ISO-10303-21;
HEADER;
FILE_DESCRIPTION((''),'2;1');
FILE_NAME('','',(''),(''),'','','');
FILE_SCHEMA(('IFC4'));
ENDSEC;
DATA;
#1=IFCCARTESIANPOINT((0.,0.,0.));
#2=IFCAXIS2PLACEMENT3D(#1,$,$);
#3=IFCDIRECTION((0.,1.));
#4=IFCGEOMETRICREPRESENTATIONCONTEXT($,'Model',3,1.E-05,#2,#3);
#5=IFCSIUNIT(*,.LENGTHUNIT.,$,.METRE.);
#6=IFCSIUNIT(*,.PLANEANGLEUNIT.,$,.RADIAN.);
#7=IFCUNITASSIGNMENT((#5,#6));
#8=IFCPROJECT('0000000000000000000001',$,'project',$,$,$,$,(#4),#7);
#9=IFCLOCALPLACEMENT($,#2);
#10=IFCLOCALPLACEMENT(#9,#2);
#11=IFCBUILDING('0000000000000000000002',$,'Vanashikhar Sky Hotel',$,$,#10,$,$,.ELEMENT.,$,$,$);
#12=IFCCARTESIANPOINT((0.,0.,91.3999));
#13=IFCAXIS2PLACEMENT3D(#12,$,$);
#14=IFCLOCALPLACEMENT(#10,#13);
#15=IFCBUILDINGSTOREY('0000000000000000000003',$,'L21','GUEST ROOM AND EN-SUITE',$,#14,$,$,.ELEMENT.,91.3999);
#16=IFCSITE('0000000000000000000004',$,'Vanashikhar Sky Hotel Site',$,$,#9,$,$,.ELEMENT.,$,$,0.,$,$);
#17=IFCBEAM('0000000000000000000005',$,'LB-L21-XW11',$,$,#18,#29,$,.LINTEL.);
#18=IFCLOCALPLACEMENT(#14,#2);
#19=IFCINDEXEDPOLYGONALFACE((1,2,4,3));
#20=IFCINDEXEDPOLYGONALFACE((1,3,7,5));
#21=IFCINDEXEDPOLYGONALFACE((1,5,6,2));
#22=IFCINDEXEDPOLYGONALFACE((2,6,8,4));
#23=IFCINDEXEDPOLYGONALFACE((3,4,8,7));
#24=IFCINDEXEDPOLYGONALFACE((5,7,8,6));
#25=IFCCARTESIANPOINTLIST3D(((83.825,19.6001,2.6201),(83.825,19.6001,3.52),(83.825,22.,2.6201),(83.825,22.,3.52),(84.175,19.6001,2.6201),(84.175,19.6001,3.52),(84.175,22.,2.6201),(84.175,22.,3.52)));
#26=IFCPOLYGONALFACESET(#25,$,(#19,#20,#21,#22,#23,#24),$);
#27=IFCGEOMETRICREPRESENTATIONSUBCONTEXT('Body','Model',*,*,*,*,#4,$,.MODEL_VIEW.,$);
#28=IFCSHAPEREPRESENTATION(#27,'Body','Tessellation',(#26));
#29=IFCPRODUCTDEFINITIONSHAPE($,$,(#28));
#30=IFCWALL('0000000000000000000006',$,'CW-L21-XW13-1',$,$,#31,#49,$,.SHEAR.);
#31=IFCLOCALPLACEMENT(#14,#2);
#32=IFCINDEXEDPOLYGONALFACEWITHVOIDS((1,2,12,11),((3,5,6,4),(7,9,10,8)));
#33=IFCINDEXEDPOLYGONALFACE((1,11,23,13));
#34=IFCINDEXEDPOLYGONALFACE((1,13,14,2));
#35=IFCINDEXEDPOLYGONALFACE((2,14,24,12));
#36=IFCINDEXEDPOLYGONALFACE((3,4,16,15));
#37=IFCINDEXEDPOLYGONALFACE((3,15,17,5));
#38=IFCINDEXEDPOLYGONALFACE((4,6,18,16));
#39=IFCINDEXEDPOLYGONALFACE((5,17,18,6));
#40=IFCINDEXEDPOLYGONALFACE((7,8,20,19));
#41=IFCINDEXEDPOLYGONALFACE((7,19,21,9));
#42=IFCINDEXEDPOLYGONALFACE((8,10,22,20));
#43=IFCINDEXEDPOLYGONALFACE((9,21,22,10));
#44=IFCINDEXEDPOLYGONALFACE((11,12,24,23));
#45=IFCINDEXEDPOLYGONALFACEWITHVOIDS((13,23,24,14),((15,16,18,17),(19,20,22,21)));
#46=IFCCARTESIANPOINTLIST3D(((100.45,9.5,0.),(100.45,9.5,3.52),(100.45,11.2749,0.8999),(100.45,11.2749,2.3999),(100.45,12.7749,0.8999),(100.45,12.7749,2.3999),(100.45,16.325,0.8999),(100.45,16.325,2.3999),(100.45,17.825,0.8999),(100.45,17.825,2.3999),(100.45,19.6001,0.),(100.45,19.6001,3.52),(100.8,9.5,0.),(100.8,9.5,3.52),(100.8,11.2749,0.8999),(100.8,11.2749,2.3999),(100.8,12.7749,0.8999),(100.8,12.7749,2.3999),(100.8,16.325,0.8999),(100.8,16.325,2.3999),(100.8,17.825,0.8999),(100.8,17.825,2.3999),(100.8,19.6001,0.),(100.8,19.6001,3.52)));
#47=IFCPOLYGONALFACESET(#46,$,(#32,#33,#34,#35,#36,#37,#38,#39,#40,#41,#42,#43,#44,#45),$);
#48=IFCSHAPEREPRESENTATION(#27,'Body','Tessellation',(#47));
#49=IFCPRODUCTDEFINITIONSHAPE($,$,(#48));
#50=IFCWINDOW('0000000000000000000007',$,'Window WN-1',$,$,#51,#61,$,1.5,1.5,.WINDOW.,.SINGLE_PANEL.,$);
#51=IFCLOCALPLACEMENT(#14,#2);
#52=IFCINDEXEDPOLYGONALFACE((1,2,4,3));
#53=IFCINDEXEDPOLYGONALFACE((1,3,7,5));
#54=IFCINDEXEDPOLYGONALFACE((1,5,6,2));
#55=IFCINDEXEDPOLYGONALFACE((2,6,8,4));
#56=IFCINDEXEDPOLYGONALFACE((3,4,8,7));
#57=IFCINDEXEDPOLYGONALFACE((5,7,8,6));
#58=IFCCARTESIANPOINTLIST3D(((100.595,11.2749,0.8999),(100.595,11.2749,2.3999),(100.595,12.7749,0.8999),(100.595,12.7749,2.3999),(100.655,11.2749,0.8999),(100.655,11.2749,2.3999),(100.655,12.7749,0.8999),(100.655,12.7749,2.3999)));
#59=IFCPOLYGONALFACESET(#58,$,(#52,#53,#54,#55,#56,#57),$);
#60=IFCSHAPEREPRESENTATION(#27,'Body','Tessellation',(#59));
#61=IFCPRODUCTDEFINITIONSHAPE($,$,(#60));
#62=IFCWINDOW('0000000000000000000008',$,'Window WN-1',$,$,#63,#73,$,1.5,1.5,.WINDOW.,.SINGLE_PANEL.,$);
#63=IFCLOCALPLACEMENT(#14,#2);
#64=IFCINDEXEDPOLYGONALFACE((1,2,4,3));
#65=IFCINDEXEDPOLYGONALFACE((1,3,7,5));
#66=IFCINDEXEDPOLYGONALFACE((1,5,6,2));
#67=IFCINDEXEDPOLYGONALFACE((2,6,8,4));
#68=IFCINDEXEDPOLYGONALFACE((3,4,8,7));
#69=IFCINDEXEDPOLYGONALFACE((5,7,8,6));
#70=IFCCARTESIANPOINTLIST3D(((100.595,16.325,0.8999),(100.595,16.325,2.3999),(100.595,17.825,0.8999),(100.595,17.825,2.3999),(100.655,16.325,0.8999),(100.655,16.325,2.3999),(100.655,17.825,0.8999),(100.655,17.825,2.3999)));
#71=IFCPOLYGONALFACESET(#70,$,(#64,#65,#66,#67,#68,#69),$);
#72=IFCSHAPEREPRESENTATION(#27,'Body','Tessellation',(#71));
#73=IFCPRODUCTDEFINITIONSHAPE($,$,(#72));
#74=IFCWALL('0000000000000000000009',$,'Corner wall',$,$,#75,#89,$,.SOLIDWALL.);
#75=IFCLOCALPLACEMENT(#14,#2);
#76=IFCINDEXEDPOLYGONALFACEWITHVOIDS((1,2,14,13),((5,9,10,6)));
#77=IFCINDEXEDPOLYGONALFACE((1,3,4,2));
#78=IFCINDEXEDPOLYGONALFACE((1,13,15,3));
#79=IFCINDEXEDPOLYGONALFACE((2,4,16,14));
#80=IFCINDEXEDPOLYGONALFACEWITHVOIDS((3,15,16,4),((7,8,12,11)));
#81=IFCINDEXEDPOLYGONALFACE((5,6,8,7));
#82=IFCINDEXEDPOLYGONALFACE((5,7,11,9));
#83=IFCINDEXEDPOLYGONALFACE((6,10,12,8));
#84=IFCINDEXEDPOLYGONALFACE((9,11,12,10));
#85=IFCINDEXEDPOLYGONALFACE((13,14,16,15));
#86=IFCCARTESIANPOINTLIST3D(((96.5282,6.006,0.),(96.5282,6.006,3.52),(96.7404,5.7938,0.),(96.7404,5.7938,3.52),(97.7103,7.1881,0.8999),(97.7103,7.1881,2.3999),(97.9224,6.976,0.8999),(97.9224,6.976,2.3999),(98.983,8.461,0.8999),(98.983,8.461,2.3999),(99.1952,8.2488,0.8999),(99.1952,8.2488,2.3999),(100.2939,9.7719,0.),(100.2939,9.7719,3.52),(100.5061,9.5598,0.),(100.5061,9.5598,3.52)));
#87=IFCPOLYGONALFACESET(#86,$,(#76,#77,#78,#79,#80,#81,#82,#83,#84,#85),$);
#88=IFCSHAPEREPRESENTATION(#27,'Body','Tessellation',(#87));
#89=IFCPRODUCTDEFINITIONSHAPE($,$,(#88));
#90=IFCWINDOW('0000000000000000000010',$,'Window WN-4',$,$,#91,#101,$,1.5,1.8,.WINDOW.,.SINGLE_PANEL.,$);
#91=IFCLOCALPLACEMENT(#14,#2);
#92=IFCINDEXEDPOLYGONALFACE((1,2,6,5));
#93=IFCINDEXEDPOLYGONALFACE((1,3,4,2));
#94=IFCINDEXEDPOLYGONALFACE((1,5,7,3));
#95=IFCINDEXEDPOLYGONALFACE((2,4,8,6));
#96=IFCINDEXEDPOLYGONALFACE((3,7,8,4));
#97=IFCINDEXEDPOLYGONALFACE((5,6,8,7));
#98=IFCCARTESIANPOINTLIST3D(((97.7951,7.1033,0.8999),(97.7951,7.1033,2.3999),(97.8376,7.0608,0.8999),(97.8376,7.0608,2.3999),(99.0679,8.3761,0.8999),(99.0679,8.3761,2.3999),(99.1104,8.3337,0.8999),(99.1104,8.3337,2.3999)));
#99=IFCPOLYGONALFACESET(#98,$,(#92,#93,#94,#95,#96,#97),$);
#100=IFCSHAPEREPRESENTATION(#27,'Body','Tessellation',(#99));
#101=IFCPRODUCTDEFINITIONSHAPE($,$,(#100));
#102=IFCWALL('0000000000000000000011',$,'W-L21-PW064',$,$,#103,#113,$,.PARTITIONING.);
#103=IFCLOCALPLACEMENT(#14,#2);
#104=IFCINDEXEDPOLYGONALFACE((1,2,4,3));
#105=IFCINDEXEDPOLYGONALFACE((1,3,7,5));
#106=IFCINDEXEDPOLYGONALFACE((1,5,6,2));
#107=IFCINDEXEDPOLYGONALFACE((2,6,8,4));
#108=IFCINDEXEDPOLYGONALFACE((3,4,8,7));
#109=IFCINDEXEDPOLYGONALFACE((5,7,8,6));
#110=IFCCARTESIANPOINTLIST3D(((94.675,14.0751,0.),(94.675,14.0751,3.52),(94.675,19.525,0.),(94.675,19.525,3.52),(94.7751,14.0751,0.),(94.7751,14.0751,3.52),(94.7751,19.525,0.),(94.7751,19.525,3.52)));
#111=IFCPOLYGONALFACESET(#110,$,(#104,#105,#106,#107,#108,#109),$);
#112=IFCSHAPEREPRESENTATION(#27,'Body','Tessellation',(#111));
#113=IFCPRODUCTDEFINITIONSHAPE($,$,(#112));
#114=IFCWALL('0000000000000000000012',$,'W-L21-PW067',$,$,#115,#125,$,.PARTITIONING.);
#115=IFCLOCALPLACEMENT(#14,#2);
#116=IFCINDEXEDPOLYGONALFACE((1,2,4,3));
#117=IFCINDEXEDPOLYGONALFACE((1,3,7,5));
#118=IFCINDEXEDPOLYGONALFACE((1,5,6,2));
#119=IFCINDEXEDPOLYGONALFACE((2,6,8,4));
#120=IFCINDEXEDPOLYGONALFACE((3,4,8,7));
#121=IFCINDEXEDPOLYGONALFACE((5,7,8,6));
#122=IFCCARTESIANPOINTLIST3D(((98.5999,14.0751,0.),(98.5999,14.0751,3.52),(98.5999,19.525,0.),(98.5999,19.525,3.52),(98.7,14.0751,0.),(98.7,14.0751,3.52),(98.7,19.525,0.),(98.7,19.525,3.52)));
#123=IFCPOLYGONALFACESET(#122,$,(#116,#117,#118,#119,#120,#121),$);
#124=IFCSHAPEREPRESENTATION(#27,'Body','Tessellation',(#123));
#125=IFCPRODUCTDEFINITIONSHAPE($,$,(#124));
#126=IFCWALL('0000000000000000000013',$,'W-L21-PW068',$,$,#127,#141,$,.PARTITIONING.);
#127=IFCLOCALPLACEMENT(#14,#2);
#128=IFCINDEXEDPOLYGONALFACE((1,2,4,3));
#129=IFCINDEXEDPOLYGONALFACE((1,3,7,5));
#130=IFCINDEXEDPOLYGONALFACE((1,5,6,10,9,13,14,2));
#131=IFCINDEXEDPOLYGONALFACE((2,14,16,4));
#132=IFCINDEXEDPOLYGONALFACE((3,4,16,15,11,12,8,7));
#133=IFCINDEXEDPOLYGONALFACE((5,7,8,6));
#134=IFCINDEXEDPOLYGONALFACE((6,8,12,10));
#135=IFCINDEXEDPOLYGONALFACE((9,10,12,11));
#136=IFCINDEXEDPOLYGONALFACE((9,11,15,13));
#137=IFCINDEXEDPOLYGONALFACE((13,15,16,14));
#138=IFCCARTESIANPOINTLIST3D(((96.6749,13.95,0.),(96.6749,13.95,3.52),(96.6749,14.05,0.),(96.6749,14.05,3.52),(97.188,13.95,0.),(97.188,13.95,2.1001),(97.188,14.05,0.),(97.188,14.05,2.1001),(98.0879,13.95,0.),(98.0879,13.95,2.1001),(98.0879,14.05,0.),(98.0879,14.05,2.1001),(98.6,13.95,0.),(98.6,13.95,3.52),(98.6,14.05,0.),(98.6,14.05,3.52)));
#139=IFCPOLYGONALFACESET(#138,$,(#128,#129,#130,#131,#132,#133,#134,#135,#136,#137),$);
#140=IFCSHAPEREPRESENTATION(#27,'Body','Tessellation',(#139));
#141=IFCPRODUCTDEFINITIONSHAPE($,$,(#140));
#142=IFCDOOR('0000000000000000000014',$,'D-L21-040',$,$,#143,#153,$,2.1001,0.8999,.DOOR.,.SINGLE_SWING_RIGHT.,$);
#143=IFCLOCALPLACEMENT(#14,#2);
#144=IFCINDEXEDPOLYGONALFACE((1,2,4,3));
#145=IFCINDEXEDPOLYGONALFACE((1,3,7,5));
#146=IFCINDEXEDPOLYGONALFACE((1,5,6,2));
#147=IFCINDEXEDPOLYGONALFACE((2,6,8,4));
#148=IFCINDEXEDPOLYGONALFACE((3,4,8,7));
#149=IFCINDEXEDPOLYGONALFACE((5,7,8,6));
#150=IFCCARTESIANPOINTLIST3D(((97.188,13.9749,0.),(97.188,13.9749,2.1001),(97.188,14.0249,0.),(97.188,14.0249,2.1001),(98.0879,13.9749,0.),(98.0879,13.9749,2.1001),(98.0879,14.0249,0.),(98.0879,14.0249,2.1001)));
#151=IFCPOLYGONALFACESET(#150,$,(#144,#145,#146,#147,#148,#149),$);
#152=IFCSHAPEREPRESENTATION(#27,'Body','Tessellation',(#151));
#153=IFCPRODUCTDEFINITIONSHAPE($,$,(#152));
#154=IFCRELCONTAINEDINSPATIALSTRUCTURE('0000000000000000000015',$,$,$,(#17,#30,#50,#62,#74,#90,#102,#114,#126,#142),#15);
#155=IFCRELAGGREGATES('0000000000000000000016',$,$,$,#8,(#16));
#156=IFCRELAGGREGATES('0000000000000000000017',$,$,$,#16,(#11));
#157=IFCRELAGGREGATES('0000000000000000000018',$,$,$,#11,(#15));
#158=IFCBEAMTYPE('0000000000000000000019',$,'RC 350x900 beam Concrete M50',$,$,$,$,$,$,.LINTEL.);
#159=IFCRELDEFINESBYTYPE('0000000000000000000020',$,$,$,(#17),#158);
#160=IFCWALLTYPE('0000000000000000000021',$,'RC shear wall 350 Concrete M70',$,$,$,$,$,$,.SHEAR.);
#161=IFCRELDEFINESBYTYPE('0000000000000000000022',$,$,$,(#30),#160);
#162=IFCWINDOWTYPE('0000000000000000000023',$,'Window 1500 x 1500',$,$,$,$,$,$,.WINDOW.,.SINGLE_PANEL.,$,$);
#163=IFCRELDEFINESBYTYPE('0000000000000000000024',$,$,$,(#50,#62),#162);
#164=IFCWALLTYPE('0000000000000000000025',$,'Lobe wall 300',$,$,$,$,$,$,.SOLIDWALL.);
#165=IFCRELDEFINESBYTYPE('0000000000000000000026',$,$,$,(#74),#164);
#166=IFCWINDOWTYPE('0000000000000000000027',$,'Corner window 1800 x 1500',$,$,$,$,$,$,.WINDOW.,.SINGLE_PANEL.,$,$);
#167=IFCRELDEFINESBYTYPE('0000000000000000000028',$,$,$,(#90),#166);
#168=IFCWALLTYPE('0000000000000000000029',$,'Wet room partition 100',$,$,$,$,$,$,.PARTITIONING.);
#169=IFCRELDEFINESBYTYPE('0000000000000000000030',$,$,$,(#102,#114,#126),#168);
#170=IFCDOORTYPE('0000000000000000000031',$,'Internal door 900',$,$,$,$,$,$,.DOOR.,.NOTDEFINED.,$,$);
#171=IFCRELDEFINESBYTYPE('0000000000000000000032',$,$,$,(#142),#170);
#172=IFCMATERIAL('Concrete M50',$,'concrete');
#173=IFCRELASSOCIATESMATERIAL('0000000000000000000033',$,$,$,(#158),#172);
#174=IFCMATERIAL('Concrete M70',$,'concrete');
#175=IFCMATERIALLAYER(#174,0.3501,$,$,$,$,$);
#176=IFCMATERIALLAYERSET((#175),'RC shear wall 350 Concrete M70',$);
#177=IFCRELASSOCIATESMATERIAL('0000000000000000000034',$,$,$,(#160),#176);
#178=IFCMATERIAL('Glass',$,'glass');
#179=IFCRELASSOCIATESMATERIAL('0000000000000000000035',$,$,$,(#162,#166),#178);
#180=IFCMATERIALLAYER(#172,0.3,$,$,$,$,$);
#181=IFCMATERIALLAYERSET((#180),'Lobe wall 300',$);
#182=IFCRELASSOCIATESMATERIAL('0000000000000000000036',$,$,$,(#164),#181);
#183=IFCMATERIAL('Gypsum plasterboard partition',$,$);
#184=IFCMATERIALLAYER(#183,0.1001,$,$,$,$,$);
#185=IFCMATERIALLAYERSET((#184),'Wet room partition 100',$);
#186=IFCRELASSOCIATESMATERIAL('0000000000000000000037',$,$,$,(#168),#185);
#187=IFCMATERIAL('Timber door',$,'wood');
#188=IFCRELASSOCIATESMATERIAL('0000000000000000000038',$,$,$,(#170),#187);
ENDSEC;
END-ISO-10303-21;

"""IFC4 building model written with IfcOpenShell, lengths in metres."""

from ifc_helpers import new_model, si_unit, direction, frame, frame_2d, origin, origin_2d, place, context, subcontext, project, spatial, rectangle, extrude, source, transform, mapped, material, layer, layer_set, material_profile, profile_set, type_object, element, fill, save


model = new_model("IFC4")

# Units and contexts
model_context = context("Model", 3, precision=1e-05, world=origin(), true_north=direction((0.0, 1.0)))
body_context = subcontext(model_context, "Body", "Model", "MODEL_VIEW")
ifc_project = project(units=[si_unit("LENGTHUNIT", "METRE"), si_unit("PLANEANGLEUNIT", "RADIAN")], contexts=[model_context])

# Site, building, storey
site_placement = place(None, origin())
site = spatial("IfcSite", under=ifc_project, at=site_placement, Name="Vanashikhar Sky Hotel Site", CompositionType="ELEMENT", RefElevation=0.0)
building_placement = place(site_placement, origin())
building = spatial("IfcBuilding", under=site, at=building_placement, Name="Vanashikhar Sky Hotel", CompositionType="ELEMENT")
storey_placement = place(building_placement, frame((0.0, 0.0, 91.3999)))
storey = spatial("IfcBuildingStorey", under=building, at=storey_placement, Name="L21", Description="GUEST ROOM AND EN-SUITE", CompositionType="ELEMENT", Elevation=91.3999)

# Beam
ifc_material_1 = material(Name="Concrete M50", Category="concrete")
ifc_material_profile = material_profile(ifc_material_1, rectangle(XDim=0.3501, YDim=0.8999, at=origin_2d()))
ifc_profile_set = profile_set([ifc_material_profile], Name="RC 350x900 beam Concrete M50")
beam_type = type_object("IfcBeamType", Name="RC 350x900 beam Concrete M50", PredefinedType="LINTEL", material=ifc_profile_set)
shared_shape_1 = source(origin(), body_context, "Body", "SweptSolid", [
    extrude(rectangle(XDim=0.3501, YDim=0.8999, at=origin_2d()), origin(), (0.0, 0.0, 1.0), 2.3999),
])
beam_placement = place(storey_placement, frame((84.0, 19.6001, 3.0701), z_axis=(0.0, 1.0, 0.0), x_axis=(-1.0, 0.0, 0.0)))
element("IfcBeam", 1, at=beam_placement, inside=storey, type_object=beam_type, Name="LB-L21-XW11", PredefinedType="LINTEL", context=body_context, shape_type="MappedRepresentation", body=[
    mapped(shared_shape_1, transform((0.0, 0.0, 0.0), scale=1.0)),
])

# Wall, openings, windows
ifc_material_2 = material(Name="Concrete M70", Category="concrete")
ifc_layer_1 = layer(ifc_material_2, 0.3501)
ifc_layer_set_1 = layer_set([ifc_layer_1], Name="RC shear wall 350 Concrete M70")
wall_type_1 = type_object("IfcWallType", Name="RC shear wall 350 Concrete M70", PredefinedType="SHEAR", material=ifc_layer_set_1)
shared_shape_2 = source(origin(), body_context, "Body", "SweptSolid", [
    extrude(rectangle(XDim=10.1001, YDim=0.3501, at=frame_2d((5.05, 0.0))), origin(), (0.0, 0.0, 1.0), 3.52),
])
wall_1_placement = place(storey_placement, frame((100.625, 9.5, 0.0), z_axis=(0.0, 0.0, 1.0), x_axis=(0.0, 1.0, 0.0)))
wall_1 = element("IfcWall", 2, at=wall_1_placement, inside=storey, type_object=wall_type_1, Name="CW-L21-XW13-1", PredefinedType="SHEAR", context=body_context, shape_type="MappedRepresentation", body=[
    mapped(shared_shape_2, transform((0.0, 0.0, 0.0), scale=1.0)),
])
shared_shape_3 = source(origin(), body_context, "Body", "SweptSolid", [
    extrude(rectangle(XDim=1.5, YDim=1.5, at=frame_2d((0.75, 0.75))), frame((0.0, 0.1851, 0.0), z_axis=(0.0, -1.0, 0.0), x_axis=(1.0, 0.0, 0.0)), (0.0, 0.0, 1.0), 0.3701),
])
opening_1_placement = place(wall_1_placement, frame((1.7749, 0.0, 0.8999)))
opening_1 = element("IfcOpeningElement", 3, at=opening_1_placement, cuts=wall_1, PredefinedType="OPENING", context=body_context, shape_type="MappedRepresentation", body=[
    mapped(shared_shape_3, transform((0.0, 0.0, 0.0), scale=1.0)),
])
opening_2_placement = place(wall_1_placement, frame((6.825, 0.0, 0.8999)))
opening_2 = element("IfcOpeningElement", 4, at=opening_2_placement, cuts=wall_1, PredefinedType="OPENING", context=body_context, shape_type="MappedRepresentation", body=[
    mapped(shared_shape_3, transform((0.0, 0.0, 0.0), scale=1.0)),
])
ifc_material_3 = material(Name="Glass", Category="glass")
window_type_1 = type_object("IfcWindowType", Name="Window 1500 x 1500", PartitioningType="SINGLE_PANEL", PredefinedType="WINDOW", material=ifc_material_3)
shared_shape_4 = source(origin(), body_context, "Body", "SweptSolid", [
    extrude(rectangle(XDim=1.5, YDim=1.5, at=frame_2d((0.75, 0.75))), frame((0.0, 0.03, 0.0), z_axis=(0.0, -1.0, 0.0), x_axis=(1.0, 0.0, 0.0)), (0.0, 0.0, 1.0), 0.0601),
])
window_1_placement = place(opening_1_placement, origin())
window_1 = element("IfcWindow", 5, at=window_1_placement, inside=storey, type_object=window_type_1, Name="Window WN-1", OverallHeight=1.5, OverallWidth=1.5, PartitioningType="SINGLE_PANEL", PredefinedType="WINDOW", context=body_context, shape_type="MappedRepresentation", body=[
    mapped(shared_shape_4, transform((0.0, 0.0, 0.0), scale=1.0)),
])
fill(opening_1, window_1)
window_2_placement = place(opening_2_placement, origin())
window_2 = element("IfcWindow", 6, at=window_2_placement, inside=storey, type_object=window_type_1, Name="Window WN-1", OverallHeight=1.5, OverallWidth=1.5, PartitioningType="SINGLE_PANEL", PredefinedType="WINDOW", context=body_context, shape_type="MappedRepresentation", body=[
    mapped(shared_shape_4, transform((0.0, 0.0, 0.0), scale=1.0)),
])
fill(opening_2, window_2)

# Wall, opening, window
ifc_layer_2 = layer(ifc_material_1, 0.3)
ifc_layer_set_2 = layer_set([ifc_layer_2], Name="Lobe wall 300")
wall_type_2 = type_object("IfcWallType", Name="Lobe wall 300", PredefinedType="SOLIDWALL", material=ifc_layer_set_2)
shared_shape_5 = source(origin(), body_context, "Body", "SweptSolid", [
    extrude(rectangle(XDim=5.3257, YDim=0.3, at=frame_2d((2.6628, 0.0))), origin(), (0.0, 0.0, 1.0), 3.52),
])
wall_2_placement = place(storey_placement, frame((96.6343, 5.8999, 0.0), z_axis=(0.0, 0.0, 1.0), x_axis=(0.707084, 0.70713, 0.0)))
wall_2 = element("IfcWall", 7, at=wall_2_placement, inside=storey, type_object=wall_type_2, Name="Corner wall", PredefinedType="SOLIDWALL", context=body_context, shape_type="MappedRepresentation", body=[
    mapped(shared_shape_5, transform((0.0, 0.0, 0.0), scale=1.0)),
])
shared_shape_6 = source(origin(), body_context, "Body", "SweptSolid", [
    extrude(rectangle(XDim=1.8, YDim=1.5, at=frame_2d((0.8999, 0.75))), frame((0.0, 0.1602, 0.0), z_axis=(0.0, -1.0, 0.0), x_axis=(1.0, 0.0, 0.0)), (0.0, 0.0, 1.0), 0.3201),
])
opening_3_placement = place(wall_2_placement, frame((1.6719, 0.0, 0.8999)))
opening_3 = element("IfcOpeningElement", 8, at=opening_3_placement, cuts=wall_2, PredefinedType="OPENING", context=body_context, shape_type="MappedRepresentation", body=[
    mapped(shared_shape_6, transform((0.0, 0.0, 0.0), scale=1.0)),
])
window_type_2 = type_object("IfcWindowType", Name="Corner window 1800 x 1500", PartitioningType="SINGLE_PANEL", PredefinedType="WINDOW", material=ifc_material_3)
shared_shape_7 = source(origin(), body_context, "Body", "SweptSolid", [
    extrude(rectangle(XDim=1.8, YDim=1.5, at=frame_2d((0.8999, 0.75))), frame((0.0, 0.03, 0.0), z_axis=(0.0, -1.0, 0.0), x_axis=(1.0, 0.0, 0.0)), (0.0, 0.0, 1.0), 0.0601),
])
window_3_placement = place(opening_3_placement, origin())
window_3 = element("IfcWindow", 9, at=window_3_placement, inside=storey, type_object=window_type_2, Name="Window WN-4", OverallHeight=1.5, OverallWidth=1.8, PartitioningType="SINGLE_PANEL", PredefinedType="WINDOW", context=body_context, shape_type="MappedRepresentation", body=[
    mapped(shared_shape_7, transform((0.0, 0.0, 0.0), scale=1.0)),
])
fill(opening_3, window_3)

# Walls
ifc_material_4 = material(Name="Gypsum plasterboard partition")
ifc_layer_3 = layer(ifc_material_4, 0.1001)
ifc_layer_set_3 = layer_set([ifc_layer_3], Name="Wet room partition 100")
wall_type_3 = type_object("IfcWallType", Name="Wet room partition 100", PredefinedType="PARTITIONING", material=ifc_layer_set_3)
shared_shape_8 = source(origin(), body_context, "Body", "SweptSolid", [
    extrude(rectangle(XDim=5.45, YDim=0.1001, at=frame_2d((2.7251, 0.0))), origin(), (0.0, 0.0, 1.0), 3.52),
])
for number, where, z_axis, x_axis, name in (
    (10, (94.7251, 14.075, 0.0), (0.0, 0.0, 1.0), (0.0, 1.0, 0.0), "W-L21-PW064"),
    (11, (98.6499, 14.075, 0.0), (0.0, 0.0, 1.0), (0.0, 1.0, 0.0), "W-L21-PW067"),
):
    element("IfcWall", number, at=place(storey_placement, frame(where, z_axis=z_axis, x_axis=x_axis)), inside=storey, type_object=wall_type_3, Name=name, PredefinedType="PARTITIONING", context=body_context, shape_type="MappedRepresentation", body=[
        mapped(shared_shape_8, transform((0.0, 0.0, 0.0), scale=1.0)),
    ])

# Wall, opening, door
shared_shape_9 = source(origin(), body_context, "Body", "SweptSolid", [
    extrude(rectangle(XDim=1.925, YDim=0.1001, at=frame_2d((0.9624, 0.0))), origin(), (0.0, 0.0, 1.0), 3.52),
])
wall_3_placement = place(storey_placement, frame((96.675, 14.0, 0.0), z_axis=(0.0, 0.0, 1.0), x_axis=(1.0, 0.0, 0.0)))
wall_3 = element("IfcWall", 12, at=wall_3_placement, inside=storey, type_object=wall_type_3, Name="W-L21-PW068", PredefinedType="PARTITIONING", context=body_context, shape_type="MappedRepresentation", body=[
    mapped(shared_shape_9, transform((0.0, 0.0, 0.0), scale=1.0)),
])
shared_shape_10 = source(origin(), body_context, "Body", "SweptSolid", [
    extrude(rectangle(XDim=0.8999, YDim=2.1001, at=frame_2d((0.45, 1.05))), frame((0.0, 0.0601, 0.0), z_axis=(0.0, -1.0, 0.0), x_axis=(1.0, 0.0, 0.0)), (0.0, 0.0, 1.0), 0.1201),
])
opening_4_placement = place(wall_3_placement, frame((0.5129, 0.0, 0.0)))
opening_4 = element("IfcOpeningElement", 13, at=opening_4_placement, cuts=wall_3, PredefinedType="OPENING", context=body_context, shape_type="MappedRepresentation", body=[
    mapped(shared_shape_10, transform((0.0, 0.0, 0.0), scale=1.0)),
])
ifc_material_5 = material(Name="Timber door", Category="wood")
door_type_1 = type_object("IfcDoorType", Name="Internal door 900", OperationType="NOTDEFINED", PredefinedType="DOOR", material=ifc_material_5)
shared_shape_11 = source(origin(), body_context, "Body", "SweptSolid", [
    extrude(rectangle(XDim=0.8999, YDim=2.1001, at=frame_2d((0.45, 1.05))), frame((0.0, 0.0249, 0.0), z_axis=(0.0, -1.0, 0.0), x_axis=(1.0, 0.0, 0.0)), (0.0, 0.0, 1.0), 0.05),
])
door_1_placement = place(opening_4_placement, origin())
door_1 = element("IfcDoor", 14, at=door_1_placement, inside=storey, type_object=door_type_1, Name="D-L21-040", OperationType="SINGLE_SWING_RIGHT", OverallHeight=2.1001, OverallWidth=0.8999, PredefinedType="DOOR", context=body_context, shape_type="MappedRepresentation", body=[
    mapped(shared_shape_11, transform((0.0, 0.0, 0.0), scale=1.0)),
])
fill(opening_4, door_1)

save(model, "model.ifc")
